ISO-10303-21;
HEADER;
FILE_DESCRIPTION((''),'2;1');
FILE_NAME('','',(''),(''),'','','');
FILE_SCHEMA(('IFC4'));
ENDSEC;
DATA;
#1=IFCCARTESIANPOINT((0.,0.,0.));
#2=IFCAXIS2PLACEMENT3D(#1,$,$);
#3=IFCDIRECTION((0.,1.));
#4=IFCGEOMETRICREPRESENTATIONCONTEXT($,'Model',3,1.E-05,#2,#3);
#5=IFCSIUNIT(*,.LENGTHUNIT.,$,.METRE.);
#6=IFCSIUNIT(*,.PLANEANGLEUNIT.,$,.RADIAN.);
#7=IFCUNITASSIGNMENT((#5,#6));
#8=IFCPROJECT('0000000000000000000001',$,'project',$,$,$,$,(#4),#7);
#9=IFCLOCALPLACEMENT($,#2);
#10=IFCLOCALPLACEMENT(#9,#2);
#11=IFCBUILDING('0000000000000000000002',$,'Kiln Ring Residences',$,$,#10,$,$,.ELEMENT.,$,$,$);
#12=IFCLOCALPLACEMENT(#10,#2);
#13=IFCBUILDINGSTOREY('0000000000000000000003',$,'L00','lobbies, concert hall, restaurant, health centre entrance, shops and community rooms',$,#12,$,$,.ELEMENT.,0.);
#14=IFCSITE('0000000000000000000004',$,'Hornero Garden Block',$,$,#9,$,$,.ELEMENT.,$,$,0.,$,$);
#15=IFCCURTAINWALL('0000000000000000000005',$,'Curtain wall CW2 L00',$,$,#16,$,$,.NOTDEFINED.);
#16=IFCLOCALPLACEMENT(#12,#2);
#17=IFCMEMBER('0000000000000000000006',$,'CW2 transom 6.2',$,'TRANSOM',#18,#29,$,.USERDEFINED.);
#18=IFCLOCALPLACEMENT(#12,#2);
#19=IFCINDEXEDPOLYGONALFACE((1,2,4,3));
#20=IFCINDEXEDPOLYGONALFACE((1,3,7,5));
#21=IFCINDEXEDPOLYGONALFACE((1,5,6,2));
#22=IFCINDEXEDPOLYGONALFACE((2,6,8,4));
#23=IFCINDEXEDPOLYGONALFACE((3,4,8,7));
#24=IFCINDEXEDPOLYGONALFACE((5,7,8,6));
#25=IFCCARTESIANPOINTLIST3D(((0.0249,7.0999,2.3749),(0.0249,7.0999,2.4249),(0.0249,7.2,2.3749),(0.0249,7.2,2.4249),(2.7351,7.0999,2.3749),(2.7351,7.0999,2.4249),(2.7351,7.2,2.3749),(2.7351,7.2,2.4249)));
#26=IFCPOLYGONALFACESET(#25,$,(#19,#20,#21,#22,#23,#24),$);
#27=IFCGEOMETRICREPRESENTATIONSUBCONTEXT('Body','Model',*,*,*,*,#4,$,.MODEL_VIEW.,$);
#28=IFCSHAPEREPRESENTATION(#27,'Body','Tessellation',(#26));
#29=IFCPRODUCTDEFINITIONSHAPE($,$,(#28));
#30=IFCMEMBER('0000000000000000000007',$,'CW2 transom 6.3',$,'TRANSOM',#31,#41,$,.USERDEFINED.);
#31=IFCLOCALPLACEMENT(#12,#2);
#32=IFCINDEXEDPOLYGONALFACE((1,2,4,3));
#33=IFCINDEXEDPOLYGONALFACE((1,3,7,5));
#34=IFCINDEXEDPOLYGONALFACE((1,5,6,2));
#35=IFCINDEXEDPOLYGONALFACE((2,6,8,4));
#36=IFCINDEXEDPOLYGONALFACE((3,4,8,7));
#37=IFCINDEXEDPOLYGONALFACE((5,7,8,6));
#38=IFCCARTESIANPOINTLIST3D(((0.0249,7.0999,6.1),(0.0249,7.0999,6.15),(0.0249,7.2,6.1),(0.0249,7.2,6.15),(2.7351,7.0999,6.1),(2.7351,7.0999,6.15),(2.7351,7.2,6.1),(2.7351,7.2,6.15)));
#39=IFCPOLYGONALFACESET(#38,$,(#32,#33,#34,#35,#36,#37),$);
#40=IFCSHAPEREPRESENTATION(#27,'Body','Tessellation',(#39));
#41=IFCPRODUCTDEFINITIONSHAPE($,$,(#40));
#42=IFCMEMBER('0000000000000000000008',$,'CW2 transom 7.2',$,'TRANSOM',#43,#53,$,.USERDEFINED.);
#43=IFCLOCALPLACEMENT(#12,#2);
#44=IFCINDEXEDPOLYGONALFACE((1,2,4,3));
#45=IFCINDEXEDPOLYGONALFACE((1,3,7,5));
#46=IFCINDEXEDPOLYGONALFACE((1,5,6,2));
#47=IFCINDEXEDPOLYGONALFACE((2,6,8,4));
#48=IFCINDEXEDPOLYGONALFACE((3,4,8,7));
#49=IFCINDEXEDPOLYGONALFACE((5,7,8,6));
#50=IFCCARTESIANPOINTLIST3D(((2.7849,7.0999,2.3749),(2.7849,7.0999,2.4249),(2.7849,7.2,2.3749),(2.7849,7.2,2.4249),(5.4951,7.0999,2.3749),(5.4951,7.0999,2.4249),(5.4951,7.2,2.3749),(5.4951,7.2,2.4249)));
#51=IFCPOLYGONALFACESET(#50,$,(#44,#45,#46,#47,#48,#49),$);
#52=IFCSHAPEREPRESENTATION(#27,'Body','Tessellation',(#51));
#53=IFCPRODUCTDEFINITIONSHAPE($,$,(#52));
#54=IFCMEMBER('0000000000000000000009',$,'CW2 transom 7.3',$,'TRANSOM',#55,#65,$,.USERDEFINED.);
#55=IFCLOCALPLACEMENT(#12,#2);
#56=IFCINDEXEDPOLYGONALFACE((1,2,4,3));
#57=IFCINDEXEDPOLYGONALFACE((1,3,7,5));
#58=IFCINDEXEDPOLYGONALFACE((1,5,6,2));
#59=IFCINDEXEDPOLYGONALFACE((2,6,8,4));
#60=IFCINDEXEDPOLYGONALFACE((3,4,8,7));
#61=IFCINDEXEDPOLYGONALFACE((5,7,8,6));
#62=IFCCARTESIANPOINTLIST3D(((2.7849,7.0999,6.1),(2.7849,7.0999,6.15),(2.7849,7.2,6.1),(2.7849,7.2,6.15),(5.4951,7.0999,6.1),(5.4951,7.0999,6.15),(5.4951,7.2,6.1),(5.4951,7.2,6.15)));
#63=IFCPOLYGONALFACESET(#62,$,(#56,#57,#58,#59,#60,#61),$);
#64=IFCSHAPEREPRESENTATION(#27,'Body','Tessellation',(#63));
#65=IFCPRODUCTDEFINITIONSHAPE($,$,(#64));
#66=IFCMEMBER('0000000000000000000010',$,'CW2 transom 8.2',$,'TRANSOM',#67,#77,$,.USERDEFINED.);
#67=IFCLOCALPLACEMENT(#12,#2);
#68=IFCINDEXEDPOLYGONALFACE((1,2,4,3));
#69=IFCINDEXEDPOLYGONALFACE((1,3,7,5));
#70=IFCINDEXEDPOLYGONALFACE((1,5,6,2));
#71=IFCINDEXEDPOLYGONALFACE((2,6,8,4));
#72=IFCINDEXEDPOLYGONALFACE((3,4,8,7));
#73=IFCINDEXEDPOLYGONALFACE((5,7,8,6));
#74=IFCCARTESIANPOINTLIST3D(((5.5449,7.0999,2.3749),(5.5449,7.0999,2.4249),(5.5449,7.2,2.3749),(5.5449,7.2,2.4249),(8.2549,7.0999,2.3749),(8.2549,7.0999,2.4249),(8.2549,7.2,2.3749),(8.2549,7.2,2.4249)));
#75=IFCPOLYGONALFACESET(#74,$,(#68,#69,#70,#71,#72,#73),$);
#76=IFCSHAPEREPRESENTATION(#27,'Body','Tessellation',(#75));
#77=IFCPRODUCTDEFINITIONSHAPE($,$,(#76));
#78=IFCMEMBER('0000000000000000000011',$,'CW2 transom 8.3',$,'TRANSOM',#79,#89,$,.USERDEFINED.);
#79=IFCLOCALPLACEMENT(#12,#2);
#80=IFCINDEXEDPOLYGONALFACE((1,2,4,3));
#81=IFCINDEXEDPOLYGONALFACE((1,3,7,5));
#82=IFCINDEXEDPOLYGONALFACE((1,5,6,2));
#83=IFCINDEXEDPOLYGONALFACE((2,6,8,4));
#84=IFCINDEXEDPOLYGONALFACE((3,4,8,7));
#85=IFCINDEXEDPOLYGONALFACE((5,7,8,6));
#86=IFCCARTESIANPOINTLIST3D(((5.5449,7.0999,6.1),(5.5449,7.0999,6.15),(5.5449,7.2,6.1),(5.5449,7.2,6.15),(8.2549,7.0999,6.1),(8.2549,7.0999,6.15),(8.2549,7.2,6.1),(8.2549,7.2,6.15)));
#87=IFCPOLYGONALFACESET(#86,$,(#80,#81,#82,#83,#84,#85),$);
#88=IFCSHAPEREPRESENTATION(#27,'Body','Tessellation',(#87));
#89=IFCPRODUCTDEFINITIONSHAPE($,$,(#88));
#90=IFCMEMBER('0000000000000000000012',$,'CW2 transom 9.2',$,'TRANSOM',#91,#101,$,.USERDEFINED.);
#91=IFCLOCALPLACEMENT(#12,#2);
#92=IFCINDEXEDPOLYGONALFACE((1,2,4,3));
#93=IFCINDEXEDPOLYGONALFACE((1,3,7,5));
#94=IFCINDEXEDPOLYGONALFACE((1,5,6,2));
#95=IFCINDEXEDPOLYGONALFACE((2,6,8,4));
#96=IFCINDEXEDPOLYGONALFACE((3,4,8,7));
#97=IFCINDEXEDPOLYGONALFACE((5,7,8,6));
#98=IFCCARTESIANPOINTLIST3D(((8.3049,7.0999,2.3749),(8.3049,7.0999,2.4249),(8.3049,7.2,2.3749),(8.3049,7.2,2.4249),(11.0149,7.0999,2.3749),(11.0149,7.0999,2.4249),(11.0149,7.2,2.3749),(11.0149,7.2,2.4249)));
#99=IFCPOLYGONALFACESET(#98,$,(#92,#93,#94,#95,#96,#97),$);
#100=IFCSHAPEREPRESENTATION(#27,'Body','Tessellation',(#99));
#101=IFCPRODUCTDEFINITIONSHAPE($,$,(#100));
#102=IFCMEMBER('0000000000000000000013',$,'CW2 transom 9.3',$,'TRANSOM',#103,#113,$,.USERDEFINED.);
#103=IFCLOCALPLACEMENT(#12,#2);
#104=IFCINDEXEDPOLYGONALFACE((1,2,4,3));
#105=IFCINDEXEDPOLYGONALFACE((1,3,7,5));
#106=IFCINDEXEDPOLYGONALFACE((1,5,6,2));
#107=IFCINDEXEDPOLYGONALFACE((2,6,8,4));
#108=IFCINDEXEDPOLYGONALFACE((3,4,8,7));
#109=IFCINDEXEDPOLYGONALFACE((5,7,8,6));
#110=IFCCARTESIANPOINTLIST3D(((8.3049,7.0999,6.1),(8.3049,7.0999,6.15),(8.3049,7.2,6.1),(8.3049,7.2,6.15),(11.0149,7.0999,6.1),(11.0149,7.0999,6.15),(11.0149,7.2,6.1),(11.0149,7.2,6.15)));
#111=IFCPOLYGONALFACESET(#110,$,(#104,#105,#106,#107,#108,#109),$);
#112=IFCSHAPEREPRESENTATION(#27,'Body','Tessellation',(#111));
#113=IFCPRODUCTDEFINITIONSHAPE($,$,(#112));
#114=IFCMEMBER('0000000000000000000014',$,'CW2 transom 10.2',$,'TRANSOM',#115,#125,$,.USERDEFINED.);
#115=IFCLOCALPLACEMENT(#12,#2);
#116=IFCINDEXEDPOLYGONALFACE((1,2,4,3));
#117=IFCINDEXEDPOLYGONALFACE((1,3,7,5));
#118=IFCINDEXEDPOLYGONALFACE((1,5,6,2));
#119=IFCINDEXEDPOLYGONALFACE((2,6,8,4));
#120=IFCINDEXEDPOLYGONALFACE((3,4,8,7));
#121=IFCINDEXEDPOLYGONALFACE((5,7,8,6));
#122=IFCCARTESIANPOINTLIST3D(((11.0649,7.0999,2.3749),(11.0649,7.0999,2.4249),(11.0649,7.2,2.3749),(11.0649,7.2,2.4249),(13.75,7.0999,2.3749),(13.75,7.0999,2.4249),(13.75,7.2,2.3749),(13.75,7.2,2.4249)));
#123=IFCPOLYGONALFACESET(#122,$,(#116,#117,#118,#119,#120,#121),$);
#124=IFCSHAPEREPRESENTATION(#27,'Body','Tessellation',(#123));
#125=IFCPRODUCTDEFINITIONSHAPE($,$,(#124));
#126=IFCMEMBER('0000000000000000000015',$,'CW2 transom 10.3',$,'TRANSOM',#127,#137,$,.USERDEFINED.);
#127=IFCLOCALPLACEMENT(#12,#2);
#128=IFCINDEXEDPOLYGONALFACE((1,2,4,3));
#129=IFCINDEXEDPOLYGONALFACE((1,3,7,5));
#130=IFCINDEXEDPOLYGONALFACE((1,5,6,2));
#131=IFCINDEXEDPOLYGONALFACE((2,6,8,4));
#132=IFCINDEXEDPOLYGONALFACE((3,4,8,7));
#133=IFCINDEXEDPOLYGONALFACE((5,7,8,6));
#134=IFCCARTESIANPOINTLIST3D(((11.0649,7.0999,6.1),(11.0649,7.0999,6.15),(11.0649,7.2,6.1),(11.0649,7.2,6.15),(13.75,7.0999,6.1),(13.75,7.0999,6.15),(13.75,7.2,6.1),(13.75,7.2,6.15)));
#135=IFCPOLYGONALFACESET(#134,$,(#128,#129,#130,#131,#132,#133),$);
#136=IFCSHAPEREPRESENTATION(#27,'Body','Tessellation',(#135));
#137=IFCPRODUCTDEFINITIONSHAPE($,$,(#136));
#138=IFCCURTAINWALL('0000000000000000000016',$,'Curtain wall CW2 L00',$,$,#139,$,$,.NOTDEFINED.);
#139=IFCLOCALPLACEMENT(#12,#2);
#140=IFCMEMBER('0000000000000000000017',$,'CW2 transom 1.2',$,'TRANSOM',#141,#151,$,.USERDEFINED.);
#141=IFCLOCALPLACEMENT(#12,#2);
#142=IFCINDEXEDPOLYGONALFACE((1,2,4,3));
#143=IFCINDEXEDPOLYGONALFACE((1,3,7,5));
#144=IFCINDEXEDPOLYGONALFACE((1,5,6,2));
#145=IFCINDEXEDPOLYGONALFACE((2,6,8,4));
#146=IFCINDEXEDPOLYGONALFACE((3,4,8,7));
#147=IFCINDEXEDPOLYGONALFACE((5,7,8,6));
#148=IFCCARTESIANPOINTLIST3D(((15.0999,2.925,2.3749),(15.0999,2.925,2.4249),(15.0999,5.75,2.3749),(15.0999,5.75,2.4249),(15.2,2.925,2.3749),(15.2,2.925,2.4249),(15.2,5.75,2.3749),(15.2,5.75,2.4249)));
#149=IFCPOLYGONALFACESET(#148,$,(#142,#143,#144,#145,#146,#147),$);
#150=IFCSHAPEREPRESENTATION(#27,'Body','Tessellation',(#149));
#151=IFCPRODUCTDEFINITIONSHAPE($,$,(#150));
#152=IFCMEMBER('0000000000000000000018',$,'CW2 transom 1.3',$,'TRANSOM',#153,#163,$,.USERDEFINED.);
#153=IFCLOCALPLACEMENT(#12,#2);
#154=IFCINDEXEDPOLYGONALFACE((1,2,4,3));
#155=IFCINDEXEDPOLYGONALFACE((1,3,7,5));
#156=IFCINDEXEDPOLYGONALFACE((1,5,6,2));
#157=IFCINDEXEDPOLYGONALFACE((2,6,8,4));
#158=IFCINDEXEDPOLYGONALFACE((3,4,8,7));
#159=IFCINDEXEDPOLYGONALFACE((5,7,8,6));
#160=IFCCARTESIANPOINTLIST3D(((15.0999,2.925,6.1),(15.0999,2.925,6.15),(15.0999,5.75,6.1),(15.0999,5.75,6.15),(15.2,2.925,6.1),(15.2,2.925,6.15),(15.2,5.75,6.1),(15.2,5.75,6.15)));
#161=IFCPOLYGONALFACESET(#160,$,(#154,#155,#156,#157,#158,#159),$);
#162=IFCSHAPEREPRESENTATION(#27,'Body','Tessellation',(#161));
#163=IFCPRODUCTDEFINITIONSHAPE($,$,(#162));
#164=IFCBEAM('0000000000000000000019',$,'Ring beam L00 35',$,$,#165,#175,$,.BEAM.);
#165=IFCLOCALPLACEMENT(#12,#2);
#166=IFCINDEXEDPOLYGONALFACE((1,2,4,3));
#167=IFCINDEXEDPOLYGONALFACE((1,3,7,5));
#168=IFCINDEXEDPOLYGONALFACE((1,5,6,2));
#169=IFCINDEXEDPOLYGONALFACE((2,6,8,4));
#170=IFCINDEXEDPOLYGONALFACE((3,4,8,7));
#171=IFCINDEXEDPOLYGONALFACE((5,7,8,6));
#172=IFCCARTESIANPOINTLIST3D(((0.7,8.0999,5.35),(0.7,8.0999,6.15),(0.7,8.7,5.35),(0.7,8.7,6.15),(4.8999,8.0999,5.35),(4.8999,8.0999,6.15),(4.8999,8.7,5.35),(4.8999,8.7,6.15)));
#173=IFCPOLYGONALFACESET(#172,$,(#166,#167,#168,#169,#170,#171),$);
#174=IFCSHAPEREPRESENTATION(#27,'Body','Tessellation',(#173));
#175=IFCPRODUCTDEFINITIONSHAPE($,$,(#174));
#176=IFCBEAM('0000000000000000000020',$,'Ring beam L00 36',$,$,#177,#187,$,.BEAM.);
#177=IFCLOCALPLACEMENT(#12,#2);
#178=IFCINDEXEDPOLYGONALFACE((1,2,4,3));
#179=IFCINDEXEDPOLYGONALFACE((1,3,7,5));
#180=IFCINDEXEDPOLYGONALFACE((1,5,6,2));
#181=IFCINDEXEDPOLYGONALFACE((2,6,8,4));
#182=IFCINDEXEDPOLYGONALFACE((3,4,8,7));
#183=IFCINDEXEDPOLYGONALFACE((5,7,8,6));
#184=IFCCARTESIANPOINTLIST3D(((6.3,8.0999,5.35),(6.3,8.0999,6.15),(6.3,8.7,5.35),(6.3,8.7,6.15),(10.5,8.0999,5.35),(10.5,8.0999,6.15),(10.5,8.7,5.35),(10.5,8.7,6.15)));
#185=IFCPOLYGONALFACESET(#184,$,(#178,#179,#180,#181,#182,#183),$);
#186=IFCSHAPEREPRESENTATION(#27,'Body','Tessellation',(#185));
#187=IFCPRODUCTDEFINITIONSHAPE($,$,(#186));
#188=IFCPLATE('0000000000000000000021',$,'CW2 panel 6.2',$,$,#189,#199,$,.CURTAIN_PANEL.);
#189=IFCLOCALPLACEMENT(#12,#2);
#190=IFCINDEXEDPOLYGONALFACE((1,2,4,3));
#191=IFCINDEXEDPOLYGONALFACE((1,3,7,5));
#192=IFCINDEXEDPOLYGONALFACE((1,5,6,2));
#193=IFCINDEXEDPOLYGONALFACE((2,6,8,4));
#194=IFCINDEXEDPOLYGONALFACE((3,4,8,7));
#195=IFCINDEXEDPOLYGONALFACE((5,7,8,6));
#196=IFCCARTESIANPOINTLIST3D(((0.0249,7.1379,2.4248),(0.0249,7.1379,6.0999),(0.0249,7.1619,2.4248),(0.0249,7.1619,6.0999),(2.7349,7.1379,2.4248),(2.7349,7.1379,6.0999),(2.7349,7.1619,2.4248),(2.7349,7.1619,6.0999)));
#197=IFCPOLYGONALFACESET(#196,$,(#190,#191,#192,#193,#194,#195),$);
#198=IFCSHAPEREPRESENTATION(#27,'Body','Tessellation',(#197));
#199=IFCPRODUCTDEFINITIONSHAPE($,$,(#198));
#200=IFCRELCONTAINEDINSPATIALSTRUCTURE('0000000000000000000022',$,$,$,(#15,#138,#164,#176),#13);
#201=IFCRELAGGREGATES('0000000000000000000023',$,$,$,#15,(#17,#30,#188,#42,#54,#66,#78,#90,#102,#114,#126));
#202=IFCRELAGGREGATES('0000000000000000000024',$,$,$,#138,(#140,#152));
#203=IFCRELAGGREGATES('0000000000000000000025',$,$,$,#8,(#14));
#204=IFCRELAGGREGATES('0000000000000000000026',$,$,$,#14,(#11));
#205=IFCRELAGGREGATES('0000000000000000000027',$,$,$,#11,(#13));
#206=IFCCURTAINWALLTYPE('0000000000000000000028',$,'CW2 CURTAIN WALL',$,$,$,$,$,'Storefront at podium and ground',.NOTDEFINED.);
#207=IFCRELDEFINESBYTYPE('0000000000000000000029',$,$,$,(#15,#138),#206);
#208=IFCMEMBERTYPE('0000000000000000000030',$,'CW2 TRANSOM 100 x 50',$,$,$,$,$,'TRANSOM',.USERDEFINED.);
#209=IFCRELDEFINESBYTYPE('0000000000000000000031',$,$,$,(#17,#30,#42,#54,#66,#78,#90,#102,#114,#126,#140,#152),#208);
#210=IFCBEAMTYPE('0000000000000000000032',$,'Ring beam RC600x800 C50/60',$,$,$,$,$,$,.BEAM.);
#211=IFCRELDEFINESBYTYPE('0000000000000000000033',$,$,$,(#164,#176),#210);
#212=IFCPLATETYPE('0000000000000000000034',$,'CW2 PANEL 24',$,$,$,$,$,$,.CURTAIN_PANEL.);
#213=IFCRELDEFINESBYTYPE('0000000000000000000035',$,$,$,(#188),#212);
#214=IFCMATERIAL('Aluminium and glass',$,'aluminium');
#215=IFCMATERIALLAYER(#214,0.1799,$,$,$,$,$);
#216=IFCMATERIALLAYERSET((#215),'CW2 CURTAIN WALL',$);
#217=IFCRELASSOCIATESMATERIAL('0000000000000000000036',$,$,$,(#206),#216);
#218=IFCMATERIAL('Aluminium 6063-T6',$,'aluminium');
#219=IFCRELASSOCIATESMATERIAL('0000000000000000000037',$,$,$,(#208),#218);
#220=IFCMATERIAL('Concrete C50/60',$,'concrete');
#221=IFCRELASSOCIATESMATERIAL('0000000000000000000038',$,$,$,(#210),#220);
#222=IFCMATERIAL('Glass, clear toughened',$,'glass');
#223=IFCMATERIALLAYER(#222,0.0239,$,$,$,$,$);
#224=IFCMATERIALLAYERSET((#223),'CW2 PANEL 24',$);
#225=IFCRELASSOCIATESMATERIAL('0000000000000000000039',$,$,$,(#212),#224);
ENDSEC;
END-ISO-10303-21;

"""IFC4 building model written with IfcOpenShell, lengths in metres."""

from ifc_helpers import new_model, si_unit, direction, frame, origin, origin_2d, place, context, subcontext, project, spatial, rectangle, extrude, material, layer, layer_set, material_profile, profile_set, type_object, element, aggregate, save


model = new_model("IFC4")

# Units and contexts
model_context = context("Model", 3, precision=1e-05, world=origin(), true_north=direction((0.0, 1.0)))
body_context = subcontext(model_context, "Body", "Model", "MODEL_VIEW")
ifc_project = project(units=[si_unit("LENGTHUNIT", "METRE"), si_unit("PLANEANGLEUNIT", "RADIAN")], contexts=[model_context])

# Site, building, storey
site_placement = place(None, origin())
site = spatial("IfcSite", under=ifc_project, at=site_placement, Name="Hornero Garden Block", CompositionType="ELEMENT", RefElevation=0.0)
building_placement = place(site_placement, origin())
building = spatial("IfcBuilding", under=site, at=building_placement, Name="Kiln Ring Residences", CompositionType="ELEMENT")
storey_placement = place(building_placement, origin())
storey = spatial("IfcBuildingStorey", under=building, at=storey_placement, Name="L00", Description="lobbies, concert hall, restaurant, health centre entrance, shops and community rooms", CompositionType="ELEMENT", Elevation=0.0)

# Curtain walls, members
ifc_material_1 = material(Name="Aluminium and glass", Category="aluminium")
ifc_layer_1 = layer(ifc_material_1, 0.1799)
ifc_layer_set_1 = layer_set([ifc_layer_1], Name="CW2 CURTAIN WALL")
curtain_wall_type = type_object("IfcCurtainWallType", Name="CW2 CURTAIN WALL", ElementType="Storefront at podium and ground", PredefinedType="NOTDEFINED", material=ifc_layer_set_1)
placement = place(storey_placement, origin())
curtain_wall_1 = element("IfcCurtainWall", 1, at=placement, inside=storey, type_object=curtain_wall_type, Name="Curtain wall CW2 L00", PredefinedType="NOTDEFINED")
ifc_material_2 = material(Name="Aluminium 6063-T6", Category="aluminium")
ifc_material_profile_1 = material_profile(ifc_material_2, rectangle(XDim=0.1001, YDim=0.05, at=origin_2d()), Name="AL 100x50")
ifc_profile_set_1 = profile_set([ifc_material_profile_1], Name="Aluminium 6063-T6")
member_type = type_object("IfcMemberType", Name="CW2 TRANSOM 100 x 50", ElementType="TRANSOM", PredefinedType="USERDEFINED", material=ifc_profile_set_1)
member_1_placement = place(storey_placement, frame((0.0249, 7.1499, 2.3999), z_axis=(1.0, 0.0, 0.0), x_axis=(0.0, 1.0, 0.0)))
member_1 = element("IfcMember", 2, at=member_1_placement, type_object=member_type, Name="CW2 transom 6.2", ObjectType="TRANSOM", PredefinedType="USERDEFINED", context=body_context, shape_type="SweptSolid", body=[
    extrude(rectangle(XDim=0.1001, YDim=0.05, at=origin_2d()), origin(), (0.0, 0.0, 1.0), 2.7102),
])
member_2_placement = place(storey_placement, frame((0.0249, 7.1499, 6.125), z_axis=(1.0, 0.0, 0.0), x_axis=(0.0, 1.0, 0.0)))
member_2 = element("IfcMember", 3, at=member_2_placement, type_object=member_type, Name="CW2 transom 6.3", ObjectType="TRANSOM", PredefinedType="USERDEFINED", context=body_context, shape_type="SweptSolid", body=[
    extrude(rectangle(XDim=0.1001, YDim=0.05, at=origin_2d()), origin(), (0.0, 0.0, 1.0), 2.7102),
])
member_3_placement = place(storey_placement, frame((2.7849, 7.1499, 2.3999), z_axis=(1.0, 0.0, 0.0), x_axis=(0.0, 1.0, 0.0)))
member_3 = element("IfcMember", 4, at=member_3_placement, type_object=member_type, Name="CW2 transom 7.2", ObjectType="TRANSOM", PredefinedType="USERDEFINED", context=body_context, shape_type="SweptSolid", body=[
    extrude(rectangle(XDim=0.1001, YDim=0.05, at=origin_2d()), origin(), (0.0, 0.0, 1.0), 2.7102),
])
member_4_placement = place(storey_placement, frame((2.7849, 7.1499, 6.125), z_axis=(1.0, 0.0, 0.0), x_axis=(0.0, 1.0, 0.0)))
member_4 = element("IfcMember", 5, at=member_4_placement, type_object=member_type, Name="CW2 transom 7.3", ObjectType="TRANSOM", PredefinedType="USERDEFINED", context=body_context, shape_type="SweptSolid", body=[
    extrude(rectangle(XDim=0.1001, YDim=0.05, at=origin_2d()), origin(), (0.0, 0.0, 1.0), 2.7102),
])
member_5_placement = place(storey_placement, frame((5.5449, 7.1499, 2.3999), z_axis=(1.0, 0.0, 0.0), x_axis=(0.0, 1.0, 0.0)))
member_5 = element("IfcMember", 6, at=member_5_placement, type_object=member_type, Name="CW2 transom 8.2", ObjectType="TRANSOM", PredefinedType="USERDEFINED", context=body_context, shape_type="SweptSolid", body=[
    extrude(rectangle(XDim=0.1001, YDim=0.05, at=origin_2d()), origin(), (0.0, 0.0, 1.0), 2.71),
])
member_6_placement = place(storey_placement, frame((5.5449, 7.1499, 6.125), z_axis=(1.0, 0.0, 0.0), x_axis=(0.0, 1.0, 0.0)))
member_6 = element("IfcMember", 7, at=member_6_placement, type_object=member_type, Name="CW2 transom 8.3", ObjectType="TRANSOM", PredefinedType="USERDEFINED", context=body_context, shape_type="SweptSolid", body=[
    extrude(rectangle(XDim=0.1001, YDim=0.05, at=origin_2d()), origin(), (0.0, 0.0, 1.0), 2.71),
])
member_7_placement = place(storey_placement, frame((8.3049, 7.1499, 2.3999), z_axis=(1.0, 0.0, 0.0), x_axis=(0.0, 1.0, 0.0)))
member_7 = element("IfcMember", 8, at=member_7_placement, type_object=member_type, Name="CW2 transom 9.2", ObjectType="TRANSOM", PredefinedType="USERDEFINED", context=body_context, shape_type="SweptSolid", body=[
    extrude(rectangle(XDim=0.1001, YDim=0.05, at=origin_2d()), origin(), (0.0, 0.0, 1.0), 2.71),
])
member_8_placement = place(storey_placement, frame((8.3049, 7.1499, 6.125), z_axis=(1.0, 0.0, 0.0), x_axis=(0.0, 1.0, 0.0)))
member_8 = element("IfcMember", 9, at=member_8_placement, type_object=member_type, Name="CW2 transom 9.3", ObjectType="TRANSOM", PredefinedType="USERDEFINED", context=body_context, shape_type="SweptSolid", body=[
    extrude(rectangle(XDim=0.1001, YDim=0.05, at=origin_2d()), origin(), (0.0, 0.0, 1.0), 2.71),
])
member_9_placement = place(storey_placement, frame((11.0649, 7.1499, 2.3999), z_axis=(1.0, 0.0, 0.0), x_axis=(0.0, 1.0, 0.0)))
member_9 = element("IfcMember", 10, at=member_9_placement, type_object=member_type, Name="CW2 transom 10.2", ObjectType="TRANSOM", PredefinedType="USERDEFINED", context=body_context, shape_type="SweptSolid", body=[
    extrude(rectangle(XDim=0.1001, YDim=0.05, at=origin_2d()), origin(), (0.0, 0.0, 1.0), 2.6851),
])
member_10_placement = place(storey_placement, frame((11.0649, 7.1499, 6.125), z_axis=(1.0, 0.0, 0.0), x_axis=(0.0, 1.0, 0.0)))
member_10 = element("IfcMember", 11, at=member_10_placement, type_object=member_type, Name="CW2 transom 10.3", ObjectType="TRANSOM", PredefinedType="USERDEFINED", context=body_context, shape_type="SweptSolid", body=[
    extrude(rectangle(XDim=0.1001, YDim=0.05, at=origin_2d()), origin(), (0.0, 0.0, 1.0), 2.6851),
])
curtain_wall_2 = element("IfcCurtainWall", 12, at=placement, inside=storey, type_object=curtain_wall_type, Name="Curtain wall CW2 L00", PredefinedType="NOTDEFINED")
member_11_placement = place(storey_placement, frame((15.1499, 5.75, 2.3999), z_axis=(0.0, -1.0, 0.0), x_axis=(1.0, 0.0, 0.0)))
member_11 = element("IfcMember", 13, at=member_11_placement, type_object=member_type, Name="CW2 transom 1.2", ObjectType="TRANSOM", PredefinedType="USERDEFINED", context=body_context, shape_type="SweptSolid", body=[
    extrude(rectangle(XDim=0.1001, YDim=0.05, at=origin_2d()), origin(), (0.0, 0.0, 1.0), 2.825),
])
member_12_placement = place(storey_placement, frame((15.1499, 5.75, 6.125), z_axis=(0.0, -1.0, 0.0), x_axis=(1.0, 0.0, 0.0)))
member_12 = element("IfcMember", 14, at=member_12_placement, type_object=member_type, Name="CW2 transom 1.3", ObjectType="TRANSOM", PredefinedType="USERDEFINED", context=body_context, shape_type="SweptSolid", body=[
    extrude(rectangle(XDim=0.1001, YDim=0.05, at=origin_2d()), origin(), (0.0, 0.0, 1.0), 2.825),
])

# Beams
ifc_material_3 = material(Name="Concrete C50/60", Category="concrete")
ifc_material_profile_2 = material_profile(ifc_material_3, rectangle(XDim=0.6001, YDim=0.8, at=origin_2d()), Name="RC600x800")
ifc_profile_set_2 = profile_set([ifc_material_profile_2], Name="Concrete C50/60")
beam_type = type_object("IfcBeamType", Name="Ring beam RC600x800 C50/60", PredefinedType="BEAM", material=ifc_profile_set_2)
for number, where, z_axis, x_axis, name in (
    (15, (0.7, 8.3999, 5.75), (1.0, 0.0, 0.0), (0.0, 1.0, 0.0), "Ring beam L00 35"),
    (16, (6.3, 8.3999, 5.75), (1.0, 0.0, 0.0), (0.0, 1.0, 0.0), "Ring beam L00 36"),
):
    element("IfcBeam", number, at=place(storey_placement, frame(where, z_axis=z_axis, x_axis=x_axis)), inside=storey, type_object=beam_type, Name=name, PredefinedType="BEAM", context=body_context, shape_type="SweptSolid", body=[
        extrude(rectangle(XDim=0.6001, YDim=0.8, at=origin_2d()), origin(), (0.0, 0.0, 1.0), 4.2),
    ])

# Plate
ifc_material_4 = material(Name="Glass, clear toughened", Category="glass")
ifc_layer_2 = layer(ifc_material_4, 0.0239)
ifc_layer_set_2 = layer_set([ifc_layer_2], Name="CW2 PANEL 24")
plate_type = type_object("IfcPlateType", Name="CW2 PANEL 24", PredefinedType="CURTAIN_PANEL", material=ifc_layer_set_2)
plate_1_placement = place(storey_placement, frame((1.3799, 7.1499, 2.4248), z_axis=(0.0, 0.0, 1.0), x_axis=(1.0, 0.0, 0.0)))
plate_1 = element("IfcPlate", 17, at=plate_1_placement, type_object=plate_type, Name="CW2 panel 6.2", PredefinedType="CURTAIN_PANEL", context=body_context, shape_type="SweptSolid", body=[
    extrude(rectangle(XDim=2.71, YDim=0.0239, at=origin_2d()), origin(), (0.0, 0.0, 1.0), 3.675),
])
aggregate(curtain_wall_1, [member_1, member_2, plate_1, member_3, member_4, member_5, member_6, member_7, member_8, member_9, member_10])
aggregate(curtain_wall_2, [member_11, member_12])

save(model, "model.ifc")
